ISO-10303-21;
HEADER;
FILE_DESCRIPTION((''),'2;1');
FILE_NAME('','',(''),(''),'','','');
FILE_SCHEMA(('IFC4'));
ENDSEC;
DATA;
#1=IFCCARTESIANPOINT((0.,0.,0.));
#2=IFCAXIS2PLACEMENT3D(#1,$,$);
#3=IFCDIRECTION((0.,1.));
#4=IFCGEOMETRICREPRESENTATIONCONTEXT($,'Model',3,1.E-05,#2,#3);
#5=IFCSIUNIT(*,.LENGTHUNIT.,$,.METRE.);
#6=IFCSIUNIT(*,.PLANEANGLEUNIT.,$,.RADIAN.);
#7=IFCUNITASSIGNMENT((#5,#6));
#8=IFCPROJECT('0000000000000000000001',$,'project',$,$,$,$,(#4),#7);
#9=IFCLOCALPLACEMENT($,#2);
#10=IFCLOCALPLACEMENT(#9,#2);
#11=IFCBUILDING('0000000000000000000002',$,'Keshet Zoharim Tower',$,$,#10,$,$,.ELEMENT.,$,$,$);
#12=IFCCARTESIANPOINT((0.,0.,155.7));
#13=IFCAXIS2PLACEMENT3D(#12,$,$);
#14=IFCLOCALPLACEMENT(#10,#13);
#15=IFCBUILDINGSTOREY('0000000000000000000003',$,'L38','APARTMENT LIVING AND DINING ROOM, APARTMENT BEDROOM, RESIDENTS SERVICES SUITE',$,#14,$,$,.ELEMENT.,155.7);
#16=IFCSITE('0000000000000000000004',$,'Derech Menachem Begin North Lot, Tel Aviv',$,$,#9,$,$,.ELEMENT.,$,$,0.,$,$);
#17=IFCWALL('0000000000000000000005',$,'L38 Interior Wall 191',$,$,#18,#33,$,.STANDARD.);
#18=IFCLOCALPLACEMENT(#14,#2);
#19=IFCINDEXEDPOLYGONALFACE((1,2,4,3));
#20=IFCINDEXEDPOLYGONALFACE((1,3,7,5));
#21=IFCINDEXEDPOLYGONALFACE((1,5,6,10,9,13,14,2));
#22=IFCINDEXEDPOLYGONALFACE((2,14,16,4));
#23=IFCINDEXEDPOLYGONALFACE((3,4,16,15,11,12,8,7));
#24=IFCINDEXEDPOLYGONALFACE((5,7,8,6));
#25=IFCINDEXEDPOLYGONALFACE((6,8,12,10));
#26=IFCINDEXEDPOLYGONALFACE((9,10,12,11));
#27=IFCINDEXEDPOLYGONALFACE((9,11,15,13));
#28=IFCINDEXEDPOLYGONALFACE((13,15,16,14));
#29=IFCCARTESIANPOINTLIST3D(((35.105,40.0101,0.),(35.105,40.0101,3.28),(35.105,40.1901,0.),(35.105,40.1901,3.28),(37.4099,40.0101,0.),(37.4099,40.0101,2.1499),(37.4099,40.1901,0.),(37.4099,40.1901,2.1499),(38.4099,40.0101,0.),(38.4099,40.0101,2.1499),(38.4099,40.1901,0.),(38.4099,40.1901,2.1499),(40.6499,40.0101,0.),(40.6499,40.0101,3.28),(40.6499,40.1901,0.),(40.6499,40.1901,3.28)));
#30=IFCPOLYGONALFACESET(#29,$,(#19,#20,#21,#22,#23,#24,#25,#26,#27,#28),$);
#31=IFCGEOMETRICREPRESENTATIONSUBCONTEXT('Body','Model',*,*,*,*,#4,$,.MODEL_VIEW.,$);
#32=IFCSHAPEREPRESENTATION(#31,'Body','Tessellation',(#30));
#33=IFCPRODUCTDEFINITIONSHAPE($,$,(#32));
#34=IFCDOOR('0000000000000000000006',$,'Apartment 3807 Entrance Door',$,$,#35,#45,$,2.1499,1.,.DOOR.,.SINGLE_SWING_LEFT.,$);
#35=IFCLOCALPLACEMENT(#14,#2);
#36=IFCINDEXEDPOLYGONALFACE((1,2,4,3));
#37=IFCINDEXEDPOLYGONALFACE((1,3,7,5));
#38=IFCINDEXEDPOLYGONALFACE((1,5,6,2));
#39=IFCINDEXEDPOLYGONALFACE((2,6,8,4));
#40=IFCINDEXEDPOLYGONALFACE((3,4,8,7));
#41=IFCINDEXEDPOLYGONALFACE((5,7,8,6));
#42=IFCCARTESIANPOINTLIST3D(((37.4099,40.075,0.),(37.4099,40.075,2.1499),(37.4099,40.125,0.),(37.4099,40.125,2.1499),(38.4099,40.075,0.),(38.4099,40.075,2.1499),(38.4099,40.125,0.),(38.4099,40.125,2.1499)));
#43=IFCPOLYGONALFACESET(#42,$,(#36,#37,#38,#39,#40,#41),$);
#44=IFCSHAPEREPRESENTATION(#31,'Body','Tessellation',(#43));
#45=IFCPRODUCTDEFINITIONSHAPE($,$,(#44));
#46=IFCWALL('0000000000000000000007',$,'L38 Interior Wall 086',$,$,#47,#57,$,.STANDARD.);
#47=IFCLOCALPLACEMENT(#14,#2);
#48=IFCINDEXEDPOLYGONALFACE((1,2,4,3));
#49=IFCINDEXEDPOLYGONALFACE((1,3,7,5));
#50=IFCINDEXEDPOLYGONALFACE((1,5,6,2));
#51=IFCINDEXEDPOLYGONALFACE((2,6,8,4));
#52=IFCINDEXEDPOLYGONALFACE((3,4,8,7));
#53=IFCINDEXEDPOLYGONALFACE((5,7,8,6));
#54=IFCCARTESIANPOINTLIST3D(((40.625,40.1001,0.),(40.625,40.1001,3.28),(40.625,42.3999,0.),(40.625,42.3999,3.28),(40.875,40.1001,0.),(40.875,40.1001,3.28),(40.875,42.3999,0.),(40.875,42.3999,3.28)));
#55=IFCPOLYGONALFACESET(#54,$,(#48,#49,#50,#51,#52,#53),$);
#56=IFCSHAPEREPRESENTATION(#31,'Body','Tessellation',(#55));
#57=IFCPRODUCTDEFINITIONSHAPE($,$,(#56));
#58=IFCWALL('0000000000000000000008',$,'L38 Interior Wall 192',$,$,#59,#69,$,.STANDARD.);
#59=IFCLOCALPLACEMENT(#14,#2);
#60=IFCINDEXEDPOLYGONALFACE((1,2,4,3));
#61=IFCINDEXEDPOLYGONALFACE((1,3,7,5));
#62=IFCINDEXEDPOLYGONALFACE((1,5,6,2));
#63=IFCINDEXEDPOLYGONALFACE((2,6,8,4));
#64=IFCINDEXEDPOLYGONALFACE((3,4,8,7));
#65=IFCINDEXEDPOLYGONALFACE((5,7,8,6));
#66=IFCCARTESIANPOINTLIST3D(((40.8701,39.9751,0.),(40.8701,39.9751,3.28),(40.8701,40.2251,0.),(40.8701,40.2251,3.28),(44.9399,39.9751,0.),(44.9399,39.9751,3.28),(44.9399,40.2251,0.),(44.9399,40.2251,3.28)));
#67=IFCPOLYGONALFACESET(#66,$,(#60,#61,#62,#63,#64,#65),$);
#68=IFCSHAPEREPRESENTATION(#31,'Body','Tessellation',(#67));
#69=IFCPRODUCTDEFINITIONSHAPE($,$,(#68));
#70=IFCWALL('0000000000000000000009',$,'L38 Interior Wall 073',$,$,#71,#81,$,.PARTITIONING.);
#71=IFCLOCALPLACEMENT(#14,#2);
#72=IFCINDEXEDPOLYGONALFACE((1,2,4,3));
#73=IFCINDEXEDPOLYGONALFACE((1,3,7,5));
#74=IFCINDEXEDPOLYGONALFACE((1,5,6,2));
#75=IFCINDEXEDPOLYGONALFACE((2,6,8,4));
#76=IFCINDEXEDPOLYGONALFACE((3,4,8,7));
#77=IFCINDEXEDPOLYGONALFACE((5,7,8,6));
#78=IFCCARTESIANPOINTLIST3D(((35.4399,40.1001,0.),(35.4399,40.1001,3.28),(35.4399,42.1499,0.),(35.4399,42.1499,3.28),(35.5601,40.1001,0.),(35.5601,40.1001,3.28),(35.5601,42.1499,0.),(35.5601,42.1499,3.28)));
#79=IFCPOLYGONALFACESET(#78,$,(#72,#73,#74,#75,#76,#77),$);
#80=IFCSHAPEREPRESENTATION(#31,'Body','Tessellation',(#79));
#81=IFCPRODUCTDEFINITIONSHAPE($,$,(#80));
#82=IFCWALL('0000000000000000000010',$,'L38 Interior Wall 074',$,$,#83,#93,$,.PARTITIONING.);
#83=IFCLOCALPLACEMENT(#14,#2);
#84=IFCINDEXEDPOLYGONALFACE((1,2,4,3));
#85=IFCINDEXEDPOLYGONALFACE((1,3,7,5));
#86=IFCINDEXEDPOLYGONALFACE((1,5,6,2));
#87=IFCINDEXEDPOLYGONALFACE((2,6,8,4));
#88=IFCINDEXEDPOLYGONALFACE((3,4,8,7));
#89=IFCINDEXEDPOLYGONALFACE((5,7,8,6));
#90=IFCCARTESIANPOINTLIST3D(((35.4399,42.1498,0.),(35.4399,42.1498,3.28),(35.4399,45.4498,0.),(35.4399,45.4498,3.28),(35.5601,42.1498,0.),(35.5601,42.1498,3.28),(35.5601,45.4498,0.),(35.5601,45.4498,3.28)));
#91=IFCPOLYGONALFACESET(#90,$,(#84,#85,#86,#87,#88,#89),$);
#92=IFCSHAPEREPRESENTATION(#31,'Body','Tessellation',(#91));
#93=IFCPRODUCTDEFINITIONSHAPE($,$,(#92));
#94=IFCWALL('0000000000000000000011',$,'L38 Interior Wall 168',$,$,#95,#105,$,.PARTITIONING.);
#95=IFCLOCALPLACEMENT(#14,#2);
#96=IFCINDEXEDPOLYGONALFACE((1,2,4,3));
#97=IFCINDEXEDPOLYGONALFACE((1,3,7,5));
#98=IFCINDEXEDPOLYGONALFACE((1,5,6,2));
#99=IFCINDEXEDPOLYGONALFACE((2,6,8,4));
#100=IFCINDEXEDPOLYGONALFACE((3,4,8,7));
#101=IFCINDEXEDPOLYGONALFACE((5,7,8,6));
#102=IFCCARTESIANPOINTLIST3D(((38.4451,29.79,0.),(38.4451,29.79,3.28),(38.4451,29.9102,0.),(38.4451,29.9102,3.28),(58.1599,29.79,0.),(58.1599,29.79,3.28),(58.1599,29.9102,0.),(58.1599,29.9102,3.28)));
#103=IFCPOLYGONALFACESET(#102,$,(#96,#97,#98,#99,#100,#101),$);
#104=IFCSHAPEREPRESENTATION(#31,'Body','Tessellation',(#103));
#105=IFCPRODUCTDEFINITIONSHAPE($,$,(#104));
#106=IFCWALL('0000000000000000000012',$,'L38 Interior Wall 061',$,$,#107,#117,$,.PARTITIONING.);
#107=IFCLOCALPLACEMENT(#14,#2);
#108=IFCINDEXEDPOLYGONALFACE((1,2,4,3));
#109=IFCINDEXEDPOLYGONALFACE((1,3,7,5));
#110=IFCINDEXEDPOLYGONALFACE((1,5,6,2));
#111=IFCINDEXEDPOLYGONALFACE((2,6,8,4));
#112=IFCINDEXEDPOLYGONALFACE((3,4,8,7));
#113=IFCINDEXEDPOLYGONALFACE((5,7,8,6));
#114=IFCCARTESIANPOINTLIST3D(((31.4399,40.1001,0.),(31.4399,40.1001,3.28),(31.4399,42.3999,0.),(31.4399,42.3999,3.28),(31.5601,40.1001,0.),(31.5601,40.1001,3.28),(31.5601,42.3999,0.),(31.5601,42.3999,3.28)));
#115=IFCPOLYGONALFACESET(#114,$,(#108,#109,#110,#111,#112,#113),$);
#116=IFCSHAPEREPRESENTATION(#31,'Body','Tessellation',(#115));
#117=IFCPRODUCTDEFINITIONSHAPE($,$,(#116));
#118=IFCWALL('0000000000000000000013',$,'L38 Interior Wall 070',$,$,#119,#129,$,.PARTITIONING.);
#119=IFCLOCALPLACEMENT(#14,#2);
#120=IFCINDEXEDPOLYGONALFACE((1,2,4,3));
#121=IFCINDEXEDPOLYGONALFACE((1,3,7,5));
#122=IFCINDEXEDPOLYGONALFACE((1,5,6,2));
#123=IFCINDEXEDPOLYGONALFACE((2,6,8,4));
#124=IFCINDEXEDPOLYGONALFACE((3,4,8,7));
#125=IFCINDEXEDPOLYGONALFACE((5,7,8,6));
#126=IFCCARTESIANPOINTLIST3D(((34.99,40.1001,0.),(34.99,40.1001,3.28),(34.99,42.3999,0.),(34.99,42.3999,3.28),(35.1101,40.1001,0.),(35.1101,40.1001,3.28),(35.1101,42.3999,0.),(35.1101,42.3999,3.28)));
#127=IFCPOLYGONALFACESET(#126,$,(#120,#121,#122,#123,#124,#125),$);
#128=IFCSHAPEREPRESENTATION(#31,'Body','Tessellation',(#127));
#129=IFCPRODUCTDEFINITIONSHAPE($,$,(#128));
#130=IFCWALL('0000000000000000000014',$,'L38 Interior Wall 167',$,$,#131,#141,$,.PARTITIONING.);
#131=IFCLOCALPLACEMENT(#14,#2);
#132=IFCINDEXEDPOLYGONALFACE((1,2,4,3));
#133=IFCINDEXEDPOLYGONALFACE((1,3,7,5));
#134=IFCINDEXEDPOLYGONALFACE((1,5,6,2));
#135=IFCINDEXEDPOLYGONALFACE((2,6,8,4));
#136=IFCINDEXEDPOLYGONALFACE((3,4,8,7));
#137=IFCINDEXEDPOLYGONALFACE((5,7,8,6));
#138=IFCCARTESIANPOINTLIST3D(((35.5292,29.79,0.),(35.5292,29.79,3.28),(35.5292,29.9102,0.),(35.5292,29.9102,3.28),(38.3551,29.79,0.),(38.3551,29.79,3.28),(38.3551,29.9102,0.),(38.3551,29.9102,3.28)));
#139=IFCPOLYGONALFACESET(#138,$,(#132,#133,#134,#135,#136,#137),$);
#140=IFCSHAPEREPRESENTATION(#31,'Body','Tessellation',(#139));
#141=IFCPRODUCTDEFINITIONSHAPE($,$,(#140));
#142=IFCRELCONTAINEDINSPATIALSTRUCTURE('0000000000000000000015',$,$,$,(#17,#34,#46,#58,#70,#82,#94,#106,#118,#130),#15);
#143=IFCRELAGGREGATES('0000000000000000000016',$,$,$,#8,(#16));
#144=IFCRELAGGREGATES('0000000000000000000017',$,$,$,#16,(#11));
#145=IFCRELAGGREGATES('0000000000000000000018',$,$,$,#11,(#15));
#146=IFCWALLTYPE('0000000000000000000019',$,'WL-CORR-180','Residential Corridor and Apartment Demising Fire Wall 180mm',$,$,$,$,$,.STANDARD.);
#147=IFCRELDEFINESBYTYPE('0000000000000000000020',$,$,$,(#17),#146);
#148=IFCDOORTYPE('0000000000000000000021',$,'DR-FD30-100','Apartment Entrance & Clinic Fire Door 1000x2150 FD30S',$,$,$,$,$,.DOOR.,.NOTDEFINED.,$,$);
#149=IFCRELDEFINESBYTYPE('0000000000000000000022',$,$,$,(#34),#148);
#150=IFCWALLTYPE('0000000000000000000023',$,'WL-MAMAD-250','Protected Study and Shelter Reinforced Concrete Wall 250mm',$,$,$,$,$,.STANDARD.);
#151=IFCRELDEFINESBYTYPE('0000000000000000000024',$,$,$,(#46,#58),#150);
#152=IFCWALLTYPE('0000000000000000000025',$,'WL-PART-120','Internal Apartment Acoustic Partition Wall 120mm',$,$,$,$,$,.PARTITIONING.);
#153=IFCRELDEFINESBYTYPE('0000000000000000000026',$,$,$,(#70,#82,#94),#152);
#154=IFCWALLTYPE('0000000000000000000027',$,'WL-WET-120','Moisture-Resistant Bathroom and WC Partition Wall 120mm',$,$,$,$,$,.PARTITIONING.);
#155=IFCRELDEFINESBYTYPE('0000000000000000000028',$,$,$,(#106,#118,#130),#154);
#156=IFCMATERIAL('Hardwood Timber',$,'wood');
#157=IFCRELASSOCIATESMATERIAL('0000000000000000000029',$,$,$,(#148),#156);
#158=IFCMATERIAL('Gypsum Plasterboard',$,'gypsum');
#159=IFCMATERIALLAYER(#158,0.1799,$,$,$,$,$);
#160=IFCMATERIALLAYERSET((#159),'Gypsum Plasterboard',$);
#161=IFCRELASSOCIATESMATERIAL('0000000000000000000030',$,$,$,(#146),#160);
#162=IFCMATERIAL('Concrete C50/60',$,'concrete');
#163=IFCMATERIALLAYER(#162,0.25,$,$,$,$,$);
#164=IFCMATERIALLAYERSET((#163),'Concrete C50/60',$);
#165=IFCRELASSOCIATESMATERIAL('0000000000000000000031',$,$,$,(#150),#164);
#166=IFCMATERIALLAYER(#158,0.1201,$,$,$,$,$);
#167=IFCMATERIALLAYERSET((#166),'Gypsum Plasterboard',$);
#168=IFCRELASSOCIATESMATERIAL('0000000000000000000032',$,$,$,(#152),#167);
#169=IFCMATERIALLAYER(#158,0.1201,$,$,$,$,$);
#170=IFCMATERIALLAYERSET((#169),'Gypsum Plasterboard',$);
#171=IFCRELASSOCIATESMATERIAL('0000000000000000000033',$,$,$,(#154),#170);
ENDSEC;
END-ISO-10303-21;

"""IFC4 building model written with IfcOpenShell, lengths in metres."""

from ifc_helpers import new_model, si_unit, direction, frame, frame_2d, origin, place, context, subcontext, project, spatial, rectangle, extrude, material, layer, layer_set, type_object, element, fill, save


model = new_model("IFC4")

# Units and contexts
model_context = context("Model", 3, precision=1e-05, world=origin(), true_north=direction((0.0, 1.0)))
body_context = subcontext(model_context, "Body", "Model", "MODEL_VIEW")
ifc_project = project(units=[si_unit("LENGTHUNIT", "METRE"), si_unit("PLANEANGLEUNIT", "RADIAN")], contexts=[model_context])

# Site, building, storey
site_placement = place(None, origin())
site = spatial("IfcSite", under=ifc_project, at=site_placement, Name="Derech Menachem Begin North Lot, Tel Aviv", CompositionType="ELEMENT", RefElevation=0.0)
building_placement = place(site_placement, origin())
building = spatial("IfcBuilding", under=site, at=building_placement, Name="Keshet Zoharim Tower", CompositionType="ELEMENT")
storey_placement = place(building_placement, frame((0.0, 0.0, 155.7)))
storey = spatial("IfcBuildingStorey", under=building, at=storey_placement, Name="L38", Description="APARTMENT LIVING AND DINING ROOM, APARTMENT BEDROOM, RESIDENTS SERVICES SUITE", CompositionType="ELEMENT", Elevation=155.7)

# Shared definitions
ifc_material_1 = material(Name="Gypsum Plasterboard", Category="gypsum")

# Shared definitions
ifc_material_2 = material(Name="Hardwood Timber", Category="wood")
door_type_1 = type_object("IfcDoorType", Name="DR-FD30-100", Description="Apartment Entrance & Clinic Fire Door 1000x2150 FD30S", OperationType="NOTDEFINED", PredefinedType="DOOR", material=ifc_material_2)

# Shared definitions
ifc_layer_1 = layer(ifc_material_1, 0.1799)
ifc_layer_set_1 = layer_set([ifc_layer_1], Name="Gypsum Plasterboard")
wall_type_1 = type_object("IfcWallType", Name="WL-CORR-180", Description="Residential Corridor and Apartment Demising Fire Wall 180mm", PredefinedType="STANDARD", material=ifc_layer_set_1)

# Wall, opening, door
wall_1_placement = place(storey_placement, frame((35.105, 40.1001, 0.0), z_axis=(0.0, 0.0, 1.0), x_axis=(1.0, 0.0, 0.0)))
wall_1 = element("IfcWall", 1, at=wall_1_placement, inside=storey, type_object=wall_type_1, Name="L38 Interior Wall 191", PredefinedType="STANDARD", context=body_context, shape_type="SweptSolid", body=[
    extrude(rectangle(XDim=5.5449, YDim=0.1799, at=frame_2d((2.7725, 0.0))), origin(), (0.0, 0.0, 1.0), 3.28),
])
opening_1_placement = place(wall_1_placement, frame((2.3049, 0.0, 0.0)))
opening_1 = element("IfcOpeningElement", 2, at=opening_1_placement, cuts=wall_1, PredefinedType="OPENING", context=body_context, shape_type="SweptSolid", body=[
    extrude(rectangle(XDim=1.0, YDim=2.1499, at=frame_2d((0.5, 1.075))), frame((0.0, 0.1001, 0.0), z_axis=(0.0, -1.0, 0.0), x_axis=(1.0, 0.0, 0.0)), (0.0, 0.0, 1.0), 0.2),
])
door_1_placement = place(opening_1_placement, origin())
door_1 = element("IfcDoor", 3, at=door_1_placement, inside=storey, type_object=door_type_1, Name="Apartment 3807 Entrance Door", OperationType="SINGLE_SWING_LEFT", OverallHeight=2.1499, OverallWidth=1.0, PredefinedType="DOOR", context=body_context, shape_type="SweptSolid", body=[
    extrude(rectangle(XDim=1.0, YDim=2.1499, at=frame_2d((0.5, 1.075))), frame((0.0, 0.0249, 0.0), z_axis=(0.0, -1.0, 0.0), x_axis=(1.0, 0.0, 0.0)), (0.0, 0.0, 1.0), 0.05),
])
fill(opening_1, door_1)

# Walls
ifc_material_3 = material(Name="Concrete C50/60", Category="concrete")
ifc_layer_2 = layer(ifc_material_3, 0.25)
ifc_layer_set_2 = layer_set([ifc_layer_2], Name="Concrete C50/60")
wall_type_2 = type_object("IfcWallType", Name="WL-MAMAD-250", Description="Protected Study and Shelter Reinforced Concrete Wall 250mm", PredefinedType="STANDARD", material=ifc_layer_set_2)
wall_2_placement = place(storey_placement, frame((40.75, 40.1001, 0.0), z_axis=(0.0, 0.0, 1.0), x_axis=(0.0, 1.0, 0.0)))
element("IfcWall", 4, at=wall_2_placement, inside=storey, type_object=wall_type_2, Name="L38 Interior Wall 086", PredefinedType="STANDARD", context=body_context, shape_type="SweptSolid", body=[
    extrude(rectangle(XDim=2.2998, YDim=0.25, at=frame_2d((1.1499, 0.0))), origin(), (0.0, 0.0, 1.0), 3.28),
])
wall_3_placement = place(storey_placement, frame((40.8701, 40.1001, 0.0), z_axis=(0.0, 0.0, 1.0), x_axis=(1.0, 0.0, 0.0)))
element("IfcWall", 5, at=wall_3_placement, inside=storey, type_object=wall_type_2, Name="L38 Interior Wall 192", PredefinedType="STANDARD", context=body_context, shape_type="SweptSolid", body=[
    extrude(rectangle(XDim=4.0698, YDim=0.25, at=frame_2d((2.0349, 0.0))), origin(), (0.0, 0.0, 1.0), 3.28),
])
ifc_layer_3 = layer(ifc_material_1, 0.1201)
ifc_layer_set_3 = layer_set([ifc_layer_3], Name="Gypsum Plasterboard")
wall_type_3 = type_object("IfcWallType", Name="WL-PART-120", Description="Internal Apartment Acoustic Partition Wall 120mm", PredefinedType="PARTITIONING", material=ifc_layer_set_3)
wall_4_placement = place(storey_placement, frame((35.5, 40.1001, 0.0), z_axis=(0.0, 0.0, 1.0), x_axis=(0.0, 1.0, 0.0)))
element("IfcWall", 6, at=wall_4_placement, inside=storey, type_object=wall_type_3, Name="L38 Interior Wall 073", PredefinedType="PARTITIONING", context=body_context, shape_type="SweptSolid", body=[
    extrude(rectangle(XDim=2.0498, YDim=0.1201, at=frame_2d((1.0249, 0.0))), origin(), (0.0, 0.0, 1.0), 3.28),
])
wall_5_placement = place(storey_placement, frame((35.5, 42.1499, 0.0), z_axis=(0.0, 0.0, 1.0), x_axis=(0.0, 1.0, 0.0)))
element("IfcWall", 7, at=wall_5_placement, inside=storey, type_object=wall_type_3, Name="L38 Interior Wall 074", PredefinedType="PARTITIONING", context=body_context, shape_type="SweptSolid", body=[
    extrude(rectangle(XDim=3.3, YDim=0.1201, at=frame_2d((1.6499, 0.0))), origin(), (0.0, 0.0, 1.0), 3.28),
])
wall_6_placement = place(storey_placement, frame((38.4451, 29.8501, 0.0), z_axis=(0.0, 0.0, 1.0), x_axis=(1.0, 0.0, 0.0)))
element("IfcWall", 8, at=wall_6_placement, inside=storey, type_object=wall_type_3, Name="L38 Interior Wall 168", PredefinedType="PARTITIONING", context=body_context, shape_type="SweptSolid", body=[
    extrude(rectangle(XDim=19.7148, YDim=0.1201, at=frame_2d((9.8574, 0.0))), origin(), (0.0, 0.0, 1.0), 3.28),
])
ifc_layer_4 = layer(ifc_material_1, 0.1201)
ifc_layer_set_4 = layer_set([ifc_layer_4], Name="Gypsum Plasterboard")
wall_type_4 = type_object("IfcWallType", Name="WL-WET-120", Description="Moisture-Resistant Bathroom and WC Partition Wall 120mm", PredefinedType="PARTITIONING", material=ifc_layer_set_4)
for number, where, z_axis, x_axis, name in (
    (9, (31.5, 40.1001, 0.0), (0.0, 0.0, 1.0), (0.0, 1.0, 0.0), "L38 Interior Wall 061"),
    (10, (35.05, 40.1001, 0.0), (0.0, 0.0, 1.0), (0.0, 1.0, 0.0), "L38 Interior Wall 070"),
):
    element("IfcWall", number, at=place(storey_placement, frame(where, z_axis=z_axis, x_axis=x_axis)), inside=storey, type_object=wall_type_4, Name=name, PredefinedType="PARTITIONING", context=body_context, shape_type="SweptSolid", body=[
        extrude(rectangle(XDim=2.2998, YDim=0.1201, at=frame_2d((1.1499, 0.0))), origin(), (0.0, 0.0, 1.0), 3.28),
    ])
wall_7_placement = place(storey_placement, frame((35.5291, 29.8501, 0.0), z_axis=(0.0, 0.0, 1.0), x_axis=(1.0, 0.0, 0.0)))
element("IfcWall", 11, at=wall_7_placement, inside=storey, type_object=wall_type_4, Name="L38 Interior Wall 167", PredefinedType="PARTITIONING", context=body_context, shape_type="SweptSolid", body=[
    extrude(rectangle(XDim=2.8259, YDim=0.1201, at=frame_2d((1.4131, 0.0))), origin(), (0.0, 0.0, 1.0), 3.28),
])

save(model, "model.ifc")
